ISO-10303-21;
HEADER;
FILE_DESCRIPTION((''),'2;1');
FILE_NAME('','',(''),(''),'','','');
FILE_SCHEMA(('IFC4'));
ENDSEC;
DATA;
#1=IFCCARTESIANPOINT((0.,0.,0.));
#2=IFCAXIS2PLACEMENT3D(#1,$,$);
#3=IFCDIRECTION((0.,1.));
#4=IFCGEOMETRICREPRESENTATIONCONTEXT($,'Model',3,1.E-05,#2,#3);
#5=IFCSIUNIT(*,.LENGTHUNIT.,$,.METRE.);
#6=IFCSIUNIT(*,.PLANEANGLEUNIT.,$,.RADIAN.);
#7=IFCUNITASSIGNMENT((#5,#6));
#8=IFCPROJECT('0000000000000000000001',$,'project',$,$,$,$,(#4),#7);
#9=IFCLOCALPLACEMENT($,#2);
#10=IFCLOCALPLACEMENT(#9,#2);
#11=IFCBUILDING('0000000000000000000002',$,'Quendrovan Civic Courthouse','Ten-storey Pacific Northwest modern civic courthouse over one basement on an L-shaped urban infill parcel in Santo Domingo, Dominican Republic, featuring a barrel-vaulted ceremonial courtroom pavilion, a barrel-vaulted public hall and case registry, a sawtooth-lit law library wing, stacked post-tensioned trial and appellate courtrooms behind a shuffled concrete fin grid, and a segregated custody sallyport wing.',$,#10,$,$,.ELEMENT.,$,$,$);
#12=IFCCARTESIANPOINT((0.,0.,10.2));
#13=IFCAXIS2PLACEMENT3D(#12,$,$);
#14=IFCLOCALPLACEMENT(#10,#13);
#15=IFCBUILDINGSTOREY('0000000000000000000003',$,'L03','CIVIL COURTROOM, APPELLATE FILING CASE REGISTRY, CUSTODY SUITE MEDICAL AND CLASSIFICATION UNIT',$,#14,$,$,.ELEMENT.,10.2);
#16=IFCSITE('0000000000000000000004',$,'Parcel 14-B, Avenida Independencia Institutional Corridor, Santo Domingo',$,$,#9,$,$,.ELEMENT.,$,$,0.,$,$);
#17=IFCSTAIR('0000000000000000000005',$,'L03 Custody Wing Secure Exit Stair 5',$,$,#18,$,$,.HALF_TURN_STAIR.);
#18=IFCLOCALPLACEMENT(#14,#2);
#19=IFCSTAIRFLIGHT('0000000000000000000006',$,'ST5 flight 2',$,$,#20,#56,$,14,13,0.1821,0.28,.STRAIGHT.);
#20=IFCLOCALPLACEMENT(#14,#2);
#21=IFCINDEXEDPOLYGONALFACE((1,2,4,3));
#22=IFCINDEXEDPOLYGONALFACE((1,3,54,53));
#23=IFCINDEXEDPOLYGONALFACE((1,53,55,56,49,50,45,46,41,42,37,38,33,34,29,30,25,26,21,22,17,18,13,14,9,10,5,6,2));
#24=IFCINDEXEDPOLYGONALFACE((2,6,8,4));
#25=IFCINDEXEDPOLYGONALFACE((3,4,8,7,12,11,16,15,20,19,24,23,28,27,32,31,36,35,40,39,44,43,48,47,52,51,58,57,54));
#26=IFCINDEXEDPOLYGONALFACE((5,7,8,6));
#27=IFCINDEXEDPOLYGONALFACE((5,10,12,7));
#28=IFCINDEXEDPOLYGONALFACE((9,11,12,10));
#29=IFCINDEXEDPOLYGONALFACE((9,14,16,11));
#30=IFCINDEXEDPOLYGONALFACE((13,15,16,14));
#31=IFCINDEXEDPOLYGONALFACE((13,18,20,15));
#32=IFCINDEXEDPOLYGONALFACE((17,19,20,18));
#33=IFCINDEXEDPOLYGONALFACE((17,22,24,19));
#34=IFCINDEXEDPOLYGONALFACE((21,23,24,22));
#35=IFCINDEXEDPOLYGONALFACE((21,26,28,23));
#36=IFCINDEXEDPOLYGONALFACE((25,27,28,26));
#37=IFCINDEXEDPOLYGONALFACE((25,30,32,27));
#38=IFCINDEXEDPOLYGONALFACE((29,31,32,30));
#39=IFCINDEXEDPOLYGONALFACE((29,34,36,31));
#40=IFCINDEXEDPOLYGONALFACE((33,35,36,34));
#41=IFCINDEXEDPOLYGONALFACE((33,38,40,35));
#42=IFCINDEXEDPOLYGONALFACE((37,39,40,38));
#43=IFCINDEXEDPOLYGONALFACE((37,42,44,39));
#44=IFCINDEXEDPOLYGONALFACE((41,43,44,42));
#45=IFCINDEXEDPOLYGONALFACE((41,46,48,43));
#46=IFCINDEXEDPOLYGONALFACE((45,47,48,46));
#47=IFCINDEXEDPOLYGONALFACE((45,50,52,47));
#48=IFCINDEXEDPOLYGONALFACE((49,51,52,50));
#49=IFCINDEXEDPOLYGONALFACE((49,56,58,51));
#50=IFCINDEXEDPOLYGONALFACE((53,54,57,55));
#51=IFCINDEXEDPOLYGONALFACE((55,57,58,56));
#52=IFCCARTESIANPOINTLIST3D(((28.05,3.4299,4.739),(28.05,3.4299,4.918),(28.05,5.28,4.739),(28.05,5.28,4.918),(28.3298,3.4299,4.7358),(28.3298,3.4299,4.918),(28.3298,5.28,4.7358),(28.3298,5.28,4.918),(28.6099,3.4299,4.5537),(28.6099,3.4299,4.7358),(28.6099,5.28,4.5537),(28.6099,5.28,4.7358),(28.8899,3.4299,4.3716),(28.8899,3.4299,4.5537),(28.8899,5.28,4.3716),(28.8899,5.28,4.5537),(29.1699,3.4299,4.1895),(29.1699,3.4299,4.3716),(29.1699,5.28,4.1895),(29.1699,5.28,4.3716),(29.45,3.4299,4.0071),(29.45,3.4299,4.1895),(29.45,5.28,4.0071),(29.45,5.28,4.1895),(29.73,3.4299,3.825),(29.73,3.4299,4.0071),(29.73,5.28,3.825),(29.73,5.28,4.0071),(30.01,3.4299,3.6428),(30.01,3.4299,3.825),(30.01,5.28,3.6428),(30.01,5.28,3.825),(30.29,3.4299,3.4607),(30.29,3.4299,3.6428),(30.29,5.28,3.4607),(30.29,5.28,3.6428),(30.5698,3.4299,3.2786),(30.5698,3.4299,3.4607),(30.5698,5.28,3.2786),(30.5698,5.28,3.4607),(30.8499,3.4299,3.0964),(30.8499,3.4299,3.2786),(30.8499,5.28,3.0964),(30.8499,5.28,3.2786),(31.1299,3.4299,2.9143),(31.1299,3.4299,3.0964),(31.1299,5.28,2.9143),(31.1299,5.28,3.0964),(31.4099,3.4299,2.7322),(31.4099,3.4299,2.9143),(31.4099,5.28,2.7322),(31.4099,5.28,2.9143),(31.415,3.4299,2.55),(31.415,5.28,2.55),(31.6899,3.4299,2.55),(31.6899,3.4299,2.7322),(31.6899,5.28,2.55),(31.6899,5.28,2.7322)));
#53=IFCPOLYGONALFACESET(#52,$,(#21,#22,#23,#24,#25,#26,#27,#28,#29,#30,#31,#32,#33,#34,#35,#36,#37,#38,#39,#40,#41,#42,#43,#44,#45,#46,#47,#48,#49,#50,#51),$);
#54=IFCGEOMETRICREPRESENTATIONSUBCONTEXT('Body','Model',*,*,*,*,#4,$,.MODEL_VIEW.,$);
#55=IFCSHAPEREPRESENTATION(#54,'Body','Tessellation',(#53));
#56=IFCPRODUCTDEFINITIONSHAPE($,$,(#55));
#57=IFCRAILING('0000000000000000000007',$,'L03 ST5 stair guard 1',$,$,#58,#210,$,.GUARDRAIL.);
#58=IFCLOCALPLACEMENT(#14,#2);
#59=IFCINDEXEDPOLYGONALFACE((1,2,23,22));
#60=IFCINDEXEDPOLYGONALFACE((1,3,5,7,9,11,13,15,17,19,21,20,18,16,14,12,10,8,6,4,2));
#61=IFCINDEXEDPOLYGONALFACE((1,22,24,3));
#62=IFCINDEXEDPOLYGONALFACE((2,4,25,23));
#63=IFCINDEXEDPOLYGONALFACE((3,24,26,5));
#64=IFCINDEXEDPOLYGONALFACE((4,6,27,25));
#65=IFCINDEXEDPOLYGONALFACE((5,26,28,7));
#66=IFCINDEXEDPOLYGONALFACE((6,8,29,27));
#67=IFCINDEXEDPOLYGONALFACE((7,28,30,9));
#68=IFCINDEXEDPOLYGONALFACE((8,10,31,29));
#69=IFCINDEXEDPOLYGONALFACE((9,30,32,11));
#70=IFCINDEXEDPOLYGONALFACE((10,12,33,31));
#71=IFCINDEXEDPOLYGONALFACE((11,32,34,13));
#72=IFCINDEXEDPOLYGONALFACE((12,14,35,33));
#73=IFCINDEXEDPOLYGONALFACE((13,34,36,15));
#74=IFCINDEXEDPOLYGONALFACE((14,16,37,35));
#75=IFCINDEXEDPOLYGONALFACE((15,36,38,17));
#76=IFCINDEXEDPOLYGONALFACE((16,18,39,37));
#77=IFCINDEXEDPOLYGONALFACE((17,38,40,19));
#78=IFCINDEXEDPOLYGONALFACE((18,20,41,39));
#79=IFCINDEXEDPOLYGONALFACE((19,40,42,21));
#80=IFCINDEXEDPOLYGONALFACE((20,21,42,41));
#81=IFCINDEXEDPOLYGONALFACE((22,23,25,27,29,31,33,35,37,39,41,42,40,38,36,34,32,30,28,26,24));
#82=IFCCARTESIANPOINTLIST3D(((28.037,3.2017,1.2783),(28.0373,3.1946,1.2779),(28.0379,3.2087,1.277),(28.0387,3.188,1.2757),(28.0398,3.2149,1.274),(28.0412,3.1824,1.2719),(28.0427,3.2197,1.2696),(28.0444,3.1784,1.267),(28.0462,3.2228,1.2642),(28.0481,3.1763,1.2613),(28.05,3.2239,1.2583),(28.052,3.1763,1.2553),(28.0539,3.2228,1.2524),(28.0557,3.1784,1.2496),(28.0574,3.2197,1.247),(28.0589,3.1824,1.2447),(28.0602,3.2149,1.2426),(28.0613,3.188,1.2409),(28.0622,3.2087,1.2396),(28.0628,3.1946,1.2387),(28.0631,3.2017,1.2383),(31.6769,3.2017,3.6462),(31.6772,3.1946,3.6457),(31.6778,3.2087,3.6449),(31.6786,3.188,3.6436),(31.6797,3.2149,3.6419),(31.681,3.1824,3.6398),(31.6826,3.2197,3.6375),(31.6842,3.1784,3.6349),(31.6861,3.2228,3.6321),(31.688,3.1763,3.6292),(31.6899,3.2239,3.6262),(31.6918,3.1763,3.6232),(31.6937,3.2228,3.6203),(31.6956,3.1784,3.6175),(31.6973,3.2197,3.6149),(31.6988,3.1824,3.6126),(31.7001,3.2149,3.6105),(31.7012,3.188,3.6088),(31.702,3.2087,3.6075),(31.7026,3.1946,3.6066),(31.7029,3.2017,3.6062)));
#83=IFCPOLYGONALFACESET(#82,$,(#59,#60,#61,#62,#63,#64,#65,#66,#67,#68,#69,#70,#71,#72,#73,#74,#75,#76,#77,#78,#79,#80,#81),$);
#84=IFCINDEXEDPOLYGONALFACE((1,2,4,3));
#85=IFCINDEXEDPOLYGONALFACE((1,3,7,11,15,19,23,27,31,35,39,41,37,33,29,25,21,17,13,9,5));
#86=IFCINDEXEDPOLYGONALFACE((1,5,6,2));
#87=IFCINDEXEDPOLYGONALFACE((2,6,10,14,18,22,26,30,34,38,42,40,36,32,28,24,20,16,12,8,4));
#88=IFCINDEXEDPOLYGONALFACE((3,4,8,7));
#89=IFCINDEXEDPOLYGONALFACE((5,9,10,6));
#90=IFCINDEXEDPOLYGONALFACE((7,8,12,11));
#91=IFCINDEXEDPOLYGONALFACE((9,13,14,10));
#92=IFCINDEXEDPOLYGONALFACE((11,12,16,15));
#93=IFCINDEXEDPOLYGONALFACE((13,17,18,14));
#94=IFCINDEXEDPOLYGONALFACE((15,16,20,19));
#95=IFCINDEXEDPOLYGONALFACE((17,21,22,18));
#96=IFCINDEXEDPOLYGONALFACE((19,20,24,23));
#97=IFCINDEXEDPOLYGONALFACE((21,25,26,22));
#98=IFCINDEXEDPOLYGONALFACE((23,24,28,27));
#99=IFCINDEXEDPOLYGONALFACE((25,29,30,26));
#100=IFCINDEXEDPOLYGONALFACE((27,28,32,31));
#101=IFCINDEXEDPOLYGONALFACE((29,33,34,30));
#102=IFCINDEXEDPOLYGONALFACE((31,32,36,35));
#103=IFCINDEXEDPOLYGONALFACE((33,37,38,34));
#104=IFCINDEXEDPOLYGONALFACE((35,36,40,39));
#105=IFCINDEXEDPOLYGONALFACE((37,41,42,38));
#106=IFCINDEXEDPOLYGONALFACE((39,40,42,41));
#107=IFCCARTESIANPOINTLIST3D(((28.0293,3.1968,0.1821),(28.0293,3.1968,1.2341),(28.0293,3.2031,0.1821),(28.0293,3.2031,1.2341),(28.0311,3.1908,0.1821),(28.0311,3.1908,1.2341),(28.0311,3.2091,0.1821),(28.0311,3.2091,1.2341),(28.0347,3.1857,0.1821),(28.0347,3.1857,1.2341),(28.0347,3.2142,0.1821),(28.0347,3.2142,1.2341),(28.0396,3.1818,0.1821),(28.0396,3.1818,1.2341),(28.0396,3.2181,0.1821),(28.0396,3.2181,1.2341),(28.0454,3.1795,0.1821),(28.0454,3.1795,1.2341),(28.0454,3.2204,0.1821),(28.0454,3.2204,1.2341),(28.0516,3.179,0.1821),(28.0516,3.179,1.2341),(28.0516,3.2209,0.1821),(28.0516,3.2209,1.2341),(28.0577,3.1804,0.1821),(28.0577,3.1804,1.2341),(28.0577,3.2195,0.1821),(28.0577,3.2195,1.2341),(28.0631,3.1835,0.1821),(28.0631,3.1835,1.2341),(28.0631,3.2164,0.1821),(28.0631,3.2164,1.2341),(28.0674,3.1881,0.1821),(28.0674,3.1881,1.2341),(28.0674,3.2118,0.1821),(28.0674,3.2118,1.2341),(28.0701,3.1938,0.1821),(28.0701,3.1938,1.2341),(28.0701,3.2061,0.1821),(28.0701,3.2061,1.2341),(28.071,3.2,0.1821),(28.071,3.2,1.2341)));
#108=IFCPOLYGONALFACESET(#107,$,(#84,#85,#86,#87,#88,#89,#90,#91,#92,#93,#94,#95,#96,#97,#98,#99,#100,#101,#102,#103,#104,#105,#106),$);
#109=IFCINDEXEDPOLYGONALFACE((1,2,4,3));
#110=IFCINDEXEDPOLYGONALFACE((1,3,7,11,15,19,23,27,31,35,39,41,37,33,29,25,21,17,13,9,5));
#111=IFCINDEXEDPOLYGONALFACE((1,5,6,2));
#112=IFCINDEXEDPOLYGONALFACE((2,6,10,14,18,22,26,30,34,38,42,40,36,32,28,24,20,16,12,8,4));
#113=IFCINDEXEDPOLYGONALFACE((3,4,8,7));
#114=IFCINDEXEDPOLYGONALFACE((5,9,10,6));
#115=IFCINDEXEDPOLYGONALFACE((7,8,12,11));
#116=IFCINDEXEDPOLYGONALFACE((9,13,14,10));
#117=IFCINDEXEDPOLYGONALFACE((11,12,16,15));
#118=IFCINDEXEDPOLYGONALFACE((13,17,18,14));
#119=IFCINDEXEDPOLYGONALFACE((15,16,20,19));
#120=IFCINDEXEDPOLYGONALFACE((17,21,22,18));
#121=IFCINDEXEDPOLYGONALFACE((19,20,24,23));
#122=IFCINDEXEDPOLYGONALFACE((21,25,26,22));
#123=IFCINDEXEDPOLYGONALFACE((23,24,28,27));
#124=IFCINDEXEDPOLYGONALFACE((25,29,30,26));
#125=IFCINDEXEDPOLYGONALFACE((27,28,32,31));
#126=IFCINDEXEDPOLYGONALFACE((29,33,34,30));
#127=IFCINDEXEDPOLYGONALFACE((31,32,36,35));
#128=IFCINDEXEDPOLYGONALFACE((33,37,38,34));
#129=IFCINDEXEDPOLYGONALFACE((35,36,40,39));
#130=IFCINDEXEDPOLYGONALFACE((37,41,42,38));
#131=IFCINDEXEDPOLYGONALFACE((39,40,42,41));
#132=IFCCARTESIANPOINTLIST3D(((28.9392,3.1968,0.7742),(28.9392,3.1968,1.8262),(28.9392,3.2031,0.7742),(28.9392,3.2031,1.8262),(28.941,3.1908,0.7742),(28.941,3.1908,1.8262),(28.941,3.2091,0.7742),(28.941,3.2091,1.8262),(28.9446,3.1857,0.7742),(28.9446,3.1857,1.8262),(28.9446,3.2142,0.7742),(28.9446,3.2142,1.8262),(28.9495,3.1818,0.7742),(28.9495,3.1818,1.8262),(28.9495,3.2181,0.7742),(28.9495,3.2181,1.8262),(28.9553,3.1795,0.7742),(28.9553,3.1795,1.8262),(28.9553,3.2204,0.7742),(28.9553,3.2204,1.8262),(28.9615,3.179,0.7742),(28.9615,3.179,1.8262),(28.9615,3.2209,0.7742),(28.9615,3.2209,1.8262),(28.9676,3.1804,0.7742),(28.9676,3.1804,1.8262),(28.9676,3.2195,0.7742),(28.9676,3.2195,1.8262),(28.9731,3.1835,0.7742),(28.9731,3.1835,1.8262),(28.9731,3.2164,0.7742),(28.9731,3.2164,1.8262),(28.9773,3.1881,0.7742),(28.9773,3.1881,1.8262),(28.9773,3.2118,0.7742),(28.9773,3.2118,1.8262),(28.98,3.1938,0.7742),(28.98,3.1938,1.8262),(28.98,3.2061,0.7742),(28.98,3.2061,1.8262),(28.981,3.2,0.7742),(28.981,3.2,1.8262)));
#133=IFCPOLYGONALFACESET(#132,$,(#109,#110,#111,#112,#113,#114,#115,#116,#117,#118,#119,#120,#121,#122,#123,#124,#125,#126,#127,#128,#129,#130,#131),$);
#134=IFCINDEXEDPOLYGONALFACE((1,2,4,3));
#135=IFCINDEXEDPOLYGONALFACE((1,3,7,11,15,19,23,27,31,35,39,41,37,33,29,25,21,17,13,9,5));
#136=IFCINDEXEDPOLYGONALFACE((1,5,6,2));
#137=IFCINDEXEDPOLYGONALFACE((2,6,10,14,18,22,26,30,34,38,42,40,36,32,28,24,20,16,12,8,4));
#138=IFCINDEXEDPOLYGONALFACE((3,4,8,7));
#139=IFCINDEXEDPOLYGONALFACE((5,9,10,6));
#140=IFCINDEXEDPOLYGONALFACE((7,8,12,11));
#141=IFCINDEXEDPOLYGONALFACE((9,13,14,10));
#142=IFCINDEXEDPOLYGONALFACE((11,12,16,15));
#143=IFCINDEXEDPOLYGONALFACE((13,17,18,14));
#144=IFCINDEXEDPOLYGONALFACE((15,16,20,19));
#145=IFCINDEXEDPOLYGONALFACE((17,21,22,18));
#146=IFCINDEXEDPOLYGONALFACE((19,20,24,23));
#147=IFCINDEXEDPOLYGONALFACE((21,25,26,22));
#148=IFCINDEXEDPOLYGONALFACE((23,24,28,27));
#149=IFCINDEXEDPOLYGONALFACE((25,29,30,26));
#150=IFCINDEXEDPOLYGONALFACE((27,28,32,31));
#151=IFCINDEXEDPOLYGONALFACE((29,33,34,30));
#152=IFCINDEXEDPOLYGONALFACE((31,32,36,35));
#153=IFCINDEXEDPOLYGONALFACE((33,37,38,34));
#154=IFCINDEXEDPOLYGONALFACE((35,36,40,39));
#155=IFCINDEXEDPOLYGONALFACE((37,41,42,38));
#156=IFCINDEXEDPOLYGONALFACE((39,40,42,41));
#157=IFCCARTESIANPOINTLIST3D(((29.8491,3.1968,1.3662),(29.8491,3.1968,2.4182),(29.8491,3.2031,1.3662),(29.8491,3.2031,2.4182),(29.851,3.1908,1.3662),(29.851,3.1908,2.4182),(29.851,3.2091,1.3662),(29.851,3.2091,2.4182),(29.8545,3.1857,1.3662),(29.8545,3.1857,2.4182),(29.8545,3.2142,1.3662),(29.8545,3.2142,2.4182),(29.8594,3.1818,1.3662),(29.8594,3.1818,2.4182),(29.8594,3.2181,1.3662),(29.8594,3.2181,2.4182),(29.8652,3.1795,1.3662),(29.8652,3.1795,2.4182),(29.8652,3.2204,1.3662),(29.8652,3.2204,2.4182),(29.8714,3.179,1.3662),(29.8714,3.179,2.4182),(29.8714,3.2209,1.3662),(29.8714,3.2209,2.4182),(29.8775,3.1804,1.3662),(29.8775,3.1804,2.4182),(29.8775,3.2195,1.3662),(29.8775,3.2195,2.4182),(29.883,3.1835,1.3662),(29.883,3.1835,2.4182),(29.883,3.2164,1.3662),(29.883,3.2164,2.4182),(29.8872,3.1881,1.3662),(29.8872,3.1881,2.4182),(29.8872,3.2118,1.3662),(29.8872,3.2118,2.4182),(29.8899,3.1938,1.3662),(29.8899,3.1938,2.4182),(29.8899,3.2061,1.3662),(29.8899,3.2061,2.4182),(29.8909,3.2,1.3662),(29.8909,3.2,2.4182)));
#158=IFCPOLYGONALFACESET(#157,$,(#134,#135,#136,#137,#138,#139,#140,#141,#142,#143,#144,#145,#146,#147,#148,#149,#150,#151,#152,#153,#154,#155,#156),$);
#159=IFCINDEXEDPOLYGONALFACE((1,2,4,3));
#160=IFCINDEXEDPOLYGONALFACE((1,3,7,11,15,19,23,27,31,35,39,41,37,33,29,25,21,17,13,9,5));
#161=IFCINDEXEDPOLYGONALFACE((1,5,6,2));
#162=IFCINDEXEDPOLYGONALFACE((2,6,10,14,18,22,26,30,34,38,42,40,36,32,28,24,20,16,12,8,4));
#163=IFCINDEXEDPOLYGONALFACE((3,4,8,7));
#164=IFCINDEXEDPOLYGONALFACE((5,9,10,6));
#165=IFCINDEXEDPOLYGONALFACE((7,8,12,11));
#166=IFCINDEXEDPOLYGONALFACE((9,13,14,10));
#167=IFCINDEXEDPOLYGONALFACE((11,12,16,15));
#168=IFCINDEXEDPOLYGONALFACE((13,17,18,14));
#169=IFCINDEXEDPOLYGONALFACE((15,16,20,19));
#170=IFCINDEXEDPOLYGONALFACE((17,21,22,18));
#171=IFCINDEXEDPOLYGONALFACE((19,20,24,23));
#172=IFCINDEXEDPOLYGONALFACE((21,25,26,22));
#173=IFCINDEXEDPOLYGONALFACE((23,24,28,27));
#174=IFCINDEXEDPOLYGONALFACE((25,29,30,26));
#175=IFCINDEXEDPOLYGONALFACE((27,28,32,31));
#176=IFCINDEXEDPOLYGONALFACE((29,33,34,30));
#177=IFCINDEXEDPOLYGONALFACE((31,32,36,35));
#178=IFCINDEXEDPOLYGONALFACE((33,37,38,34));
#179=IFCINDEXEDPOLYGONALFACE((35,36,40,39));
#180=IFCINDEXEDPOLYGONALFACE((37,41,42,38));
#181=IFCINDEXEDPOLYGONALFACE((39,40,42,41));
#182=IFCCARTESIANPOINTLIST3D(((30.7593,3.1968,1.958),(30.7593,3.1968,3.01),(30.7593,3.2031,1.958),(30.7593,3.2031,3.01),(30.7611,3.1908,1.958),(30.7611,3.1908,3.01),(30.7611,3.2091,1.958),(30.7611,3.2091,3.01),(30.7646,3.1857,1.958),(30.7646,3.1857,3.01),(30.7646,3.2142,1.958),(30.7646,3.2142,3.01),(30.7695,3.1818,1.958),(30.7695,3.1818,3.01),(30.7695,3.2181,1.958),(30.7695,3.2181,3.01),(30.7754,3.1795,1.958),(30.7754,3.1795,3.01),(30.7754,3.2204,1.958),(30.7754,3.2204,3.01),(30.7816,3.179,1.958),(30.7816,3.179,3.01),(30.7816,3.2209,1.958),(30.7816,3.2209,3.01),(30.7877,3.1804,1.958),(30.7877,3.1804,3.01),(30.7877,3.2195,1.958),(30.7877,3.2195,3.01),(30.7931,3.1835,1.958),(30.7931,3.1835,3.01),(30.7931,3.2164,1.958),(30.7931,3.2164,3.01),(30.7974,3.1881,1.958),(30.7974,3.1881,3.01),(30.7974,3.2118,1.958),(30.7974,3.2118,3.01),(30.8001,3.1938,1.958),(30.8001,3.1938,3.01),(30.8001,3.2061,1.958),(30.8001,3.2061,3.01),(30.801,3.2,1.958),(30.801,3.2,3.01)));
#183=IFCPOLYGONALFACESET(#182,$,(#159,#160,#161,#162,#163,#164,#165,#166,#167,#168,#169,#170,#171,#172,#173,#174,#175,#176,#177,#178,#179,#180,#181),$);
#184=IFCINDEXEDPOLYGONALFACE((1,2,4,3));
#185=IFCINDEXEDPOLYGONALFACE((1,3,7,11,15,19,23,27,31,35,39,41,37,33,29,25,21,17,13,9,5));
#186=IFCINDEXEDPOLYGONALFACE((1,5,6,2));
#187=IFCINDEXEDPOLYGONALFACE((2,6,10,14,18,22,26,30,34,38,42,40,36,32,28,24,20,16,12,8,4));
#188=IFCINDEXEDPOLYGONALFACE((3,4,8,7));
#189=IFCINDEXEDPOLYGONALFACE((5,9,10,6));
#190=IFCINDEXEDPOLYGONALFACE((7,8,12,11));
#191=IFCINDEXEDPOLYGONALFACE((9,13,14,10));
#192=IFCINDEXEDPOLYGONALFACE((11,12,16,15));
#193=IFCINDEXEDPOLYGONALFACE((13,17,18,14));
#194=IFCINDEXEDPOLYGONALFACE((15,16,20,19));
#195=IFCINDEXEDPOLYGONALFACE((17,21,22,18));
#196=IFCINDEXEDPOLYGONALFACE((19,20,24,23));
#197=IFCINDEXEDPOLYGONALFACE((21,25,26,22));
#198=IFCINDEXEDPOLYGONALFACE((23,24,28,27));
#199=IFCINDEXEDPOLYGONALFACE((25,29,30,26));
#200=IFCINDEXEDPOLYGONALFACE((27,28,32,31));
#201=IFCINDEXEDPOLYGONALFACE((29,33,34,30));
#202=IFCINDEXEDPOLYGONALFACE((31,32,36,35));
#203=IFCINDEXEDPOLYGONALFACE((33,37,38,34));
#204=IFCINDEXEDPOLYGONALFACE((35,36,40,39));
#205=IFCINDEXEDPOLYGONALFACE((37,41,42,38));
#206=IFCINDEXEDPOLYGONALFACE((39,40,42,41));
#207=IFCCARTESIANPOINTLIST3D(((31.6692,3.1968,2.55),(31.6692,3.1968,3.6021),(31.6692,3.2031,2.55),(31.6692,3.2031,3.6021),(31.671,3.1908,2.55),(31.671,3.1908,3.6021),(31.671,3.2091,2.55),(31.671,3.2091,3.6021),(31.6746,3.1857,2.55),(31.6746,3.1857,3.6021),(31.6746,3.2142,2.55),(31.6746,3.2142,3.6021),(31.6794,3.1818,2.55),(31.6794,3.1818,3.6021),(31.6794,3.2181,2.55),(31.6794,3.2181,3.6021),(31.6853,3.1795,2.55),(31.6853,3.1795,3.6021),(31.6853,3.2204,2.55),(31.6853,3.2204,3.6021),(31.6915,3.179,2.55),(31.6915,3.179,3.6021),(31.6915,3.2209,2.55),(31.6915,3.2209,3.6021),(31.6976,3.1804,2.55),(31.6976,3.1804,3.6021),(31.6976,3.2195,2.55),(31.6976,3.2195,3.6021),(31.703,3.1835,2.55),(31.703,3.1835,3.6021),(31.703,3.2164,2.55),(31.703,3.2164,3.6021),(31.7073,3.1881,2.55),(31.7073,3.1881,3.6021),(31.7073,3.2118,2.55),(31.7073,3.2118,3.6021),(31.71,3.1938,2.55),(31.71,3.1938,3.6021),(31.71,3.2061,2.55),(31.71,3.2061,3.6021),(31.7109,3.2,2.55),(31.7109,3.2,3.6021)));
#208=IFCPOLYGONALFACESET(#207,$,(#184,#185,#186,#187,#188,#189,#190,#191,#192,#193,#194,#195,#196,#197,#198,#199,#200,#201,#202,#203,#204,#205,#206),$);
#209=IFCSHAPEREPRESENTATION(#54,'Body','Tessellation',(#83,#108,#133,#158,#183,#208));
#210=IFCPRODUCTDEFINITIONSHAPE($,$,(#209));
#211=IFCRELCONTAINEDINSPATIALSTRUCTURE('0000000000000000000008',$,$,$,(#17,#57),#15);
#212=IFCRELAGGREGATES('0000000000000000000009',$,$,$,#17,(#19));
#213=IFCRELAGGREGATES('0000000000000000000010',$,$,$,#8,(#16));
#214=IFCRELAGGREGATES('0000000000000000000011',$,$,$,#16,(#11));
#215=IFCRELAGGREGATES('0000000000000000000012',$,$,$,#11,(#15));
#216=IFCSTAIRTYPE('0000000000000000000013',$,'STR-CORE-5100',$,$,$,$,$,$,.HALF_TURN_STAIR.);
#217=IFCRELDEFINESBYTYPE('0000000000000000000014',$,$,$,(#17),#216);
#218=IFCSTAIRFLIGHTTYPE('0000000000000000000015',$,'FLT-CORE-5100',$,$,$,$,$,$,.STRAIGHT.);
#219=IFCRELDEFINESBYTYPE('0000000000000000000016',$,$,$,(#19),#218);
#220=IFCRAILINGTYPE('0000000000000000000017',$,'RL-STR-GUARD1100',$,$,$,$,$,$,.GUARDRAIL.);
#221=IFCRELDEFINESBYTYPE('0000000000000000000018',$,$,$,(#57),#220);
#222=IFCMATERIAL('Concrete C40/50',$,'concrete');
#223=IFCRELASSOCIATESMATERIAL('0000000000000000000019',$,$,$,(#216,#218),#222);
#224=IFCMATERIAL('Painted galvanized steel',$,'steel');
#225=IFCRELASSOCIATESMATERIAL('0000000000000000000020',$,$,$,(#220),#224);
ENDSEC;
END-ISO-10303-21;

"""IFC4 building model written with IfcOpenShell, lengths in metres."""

from ifc_helpers import new_model, si_unit, direction, frame, origin, origin_2d, place, context, subcontext, project, spatial, polyline, circle, outline, extrude, material, type_object, element, aggregate, save


model = new_model("IFC4")

# Units and contexts
model_context = context("Model", 3, precision=1e-05, world=origin(), true_north=direction((0.0, 1.0)))
body_context = subcontext(model_context, "Body", "Model", "MODEL_VIEW")
ifc_project = project(units=[si_unit("LENGTHUNIT", "METRE"), si_unit("PLANEANGLEUNIT", "RADIAN")], contexts=[model_context])

# Site, building, storey
site_placement = place(None, origin())
site = spatial("IfcSite", under=ifc_project, at=site_placement, Name="Parcel 14-B, Avenida Independencia Institutional Corridor, Santo Domingo", CompositionType="ELEMENT", RefElevation=0.0)
building_placement = place(site_placement, origin())
building = spatial("IfcBuilding", under=site, at=building_placement, Name="Quendrovan Civic Courthouse", Description="Ten-storey Pacific Northwest modern civic courthouse over one basement on an L-shaped urban infill parcel in Santo Domingo, Dominican Republic, featuring a barrel-vaulted ceremonial courtroom pavilion, a barrel-vaulted public hall and case registry, a sawtooth-lit law library wing, stacked post-tensioned trial and appellate courtrooms behind a shuffled concrete fin grid, and a segregated custody sallyport wing.", CompositionType="ELEMENT")
storey_placement = place(building_placement, frame((0.0, 0.0, 10.2)))
storey = spatial("IfcBuildingStorey", under=building, at=storey_placement, Name="L03", Description="CIVIL COURTROOM, APPELLATE FILING CASE REGISTRY, CUSTODY SUITE MEDICAL AND CLASSIFICATION UNIT", CompositionType="ELEMENT", Elevation=10.2)

# Shared definitions
ifc_material_1 = material(Name="Concrete C40/50", Category="concrete")

# Stair, stair flight
stair_type = type_object("IfcStairType", Name="STR-CORE-5100", PredefinedType="HALF_TURN_STAIR", material=ifc_material_1)
stair_placement = place(storey_placement, origin())
stair = element("IfcStair", 1, at=stair_placement, inside=storey, type_object=stair_type, Name="L03 Custody Wing Secure Exit Stair 5", PredefinedType="HALF_TURN_STAIR")
stair_flight_type = type_object("IfcStairFlightType", Name="FLT-CORE-5100", PredefinedType="STRAIGHT", material=ifc_material_1)
stair_flight_1_placement = place(storey_placement, frame((31.6899, 4.355, 2.55), z_axis=(0.0, 0.0, 1.0), x_axis=(-1.0, 0.0, 0.0)))
stair_flight_1 = element("IfcStairFlight", 2, at=stair_flight_1_placement, type_object=stair_flight_type, Name="ST5 flight 2", NumberOfRisers=14, NumberOfTreads=13, PredefinedType="STRAIGHT", RiserHeight=0.1821, TreadLength=0.28, context=body_context, shape_type="SweptSolid", body=[
    extrude(outline(polyline([(0.0, 0.0), (0.0, 0.1821), (0.28, 0.1821), (0.28, 0.3643), (0.5601, 0.3643), (0.5601, 0.5464), (0.8401, 0.5464), (0.8401, 0.7285), (1.1201, 0.7285), (1.1201, 0.9106), (1.3999, 0.9106), (1.3999, 1.0928), (1.6799, 1.0928), (1.6799, 1.2749), (1.96, 1.2749), (1.96, 1.457), (2.24, 1.457), (2.24, 1.6394), (2.52, 1.6394), (2.52, 1.8215), (2.8, 1.8215), (2.8, 2.0037), (3.0801, 2.0037), (3.0801, 2.1858), (3.3601, 2.1858), (3.3601, 2.3679), (3.6399, 2.3679), (3.6399, 2.55), (3.6399, 2.189), (0.2749, 0.0), (0.0, 0.0)])), frame((0.0, 0.925, 0.0), z_axis=(0.0, -1.0, 0.0), x_axis=(1.0, 0.0, 0.0)), (0.0, 0.0, 1.0), 1.8501),
])
aggregate(stair, [stair_flight_1])

# Railing
ifc_material_2 = material(Name="Painted galvanized steel", Category="steel")
railing_type_1 = type_object("IfcRailingType", Name="RL-STR-GUARD1100", PredefinedType="GUARDRAIL", material=ifc_material_2)
railing_1_placement = place(storey_placement, frame((28.05, 3.2, 0.1821)))
element("IfcRailing", 3, at=railing_1_placement, inside=storey, type_object=railing_type_1, Name="L03 ST5 stair guard 1", PredefinedType="GUARDRAIL", context=body_context, shape_type="SweptSolid", body=[
    extrude(circle(Radius=0.0239, at=origin_2d()), frame((0.0, 0.0, 1.0762), z_axis=(0.838234, 0.0, 0.54531), x_axis=(0.0, 1.0, 0.0)), (0.0, 0.0, 1.0), 4.3423),
    extrude(circle(Radius=0.021, at=origin_2d()), origin(), (0.0, 0.0, 1.0), 1.052),
    extrude(circle(Radius=0.021, at=origin_2d()), frame((0.9099, 0.0, 0.592)), (0.0, 0.0, 1.0), 1.052),
    extrude(circle(Radius=0.021, at=origin_2d()), frame((1.8198, 0.0, 1.1841)), (0.0, 0.0, 1.0), 1.052),
    extrude(circle(Radius=0.021, at=origin_2d()), frame((2.73, 0.0, 1.7759)), (0.0, 0.0, 1.0), 1.052),
    extrude(circle(Radius=0.021, at=origin_2d()), frame((3.6399, 0.0, 2.3679)), (0.0, 0.0, 1.0), 1.052),
])

save(model, "model.ifc")
